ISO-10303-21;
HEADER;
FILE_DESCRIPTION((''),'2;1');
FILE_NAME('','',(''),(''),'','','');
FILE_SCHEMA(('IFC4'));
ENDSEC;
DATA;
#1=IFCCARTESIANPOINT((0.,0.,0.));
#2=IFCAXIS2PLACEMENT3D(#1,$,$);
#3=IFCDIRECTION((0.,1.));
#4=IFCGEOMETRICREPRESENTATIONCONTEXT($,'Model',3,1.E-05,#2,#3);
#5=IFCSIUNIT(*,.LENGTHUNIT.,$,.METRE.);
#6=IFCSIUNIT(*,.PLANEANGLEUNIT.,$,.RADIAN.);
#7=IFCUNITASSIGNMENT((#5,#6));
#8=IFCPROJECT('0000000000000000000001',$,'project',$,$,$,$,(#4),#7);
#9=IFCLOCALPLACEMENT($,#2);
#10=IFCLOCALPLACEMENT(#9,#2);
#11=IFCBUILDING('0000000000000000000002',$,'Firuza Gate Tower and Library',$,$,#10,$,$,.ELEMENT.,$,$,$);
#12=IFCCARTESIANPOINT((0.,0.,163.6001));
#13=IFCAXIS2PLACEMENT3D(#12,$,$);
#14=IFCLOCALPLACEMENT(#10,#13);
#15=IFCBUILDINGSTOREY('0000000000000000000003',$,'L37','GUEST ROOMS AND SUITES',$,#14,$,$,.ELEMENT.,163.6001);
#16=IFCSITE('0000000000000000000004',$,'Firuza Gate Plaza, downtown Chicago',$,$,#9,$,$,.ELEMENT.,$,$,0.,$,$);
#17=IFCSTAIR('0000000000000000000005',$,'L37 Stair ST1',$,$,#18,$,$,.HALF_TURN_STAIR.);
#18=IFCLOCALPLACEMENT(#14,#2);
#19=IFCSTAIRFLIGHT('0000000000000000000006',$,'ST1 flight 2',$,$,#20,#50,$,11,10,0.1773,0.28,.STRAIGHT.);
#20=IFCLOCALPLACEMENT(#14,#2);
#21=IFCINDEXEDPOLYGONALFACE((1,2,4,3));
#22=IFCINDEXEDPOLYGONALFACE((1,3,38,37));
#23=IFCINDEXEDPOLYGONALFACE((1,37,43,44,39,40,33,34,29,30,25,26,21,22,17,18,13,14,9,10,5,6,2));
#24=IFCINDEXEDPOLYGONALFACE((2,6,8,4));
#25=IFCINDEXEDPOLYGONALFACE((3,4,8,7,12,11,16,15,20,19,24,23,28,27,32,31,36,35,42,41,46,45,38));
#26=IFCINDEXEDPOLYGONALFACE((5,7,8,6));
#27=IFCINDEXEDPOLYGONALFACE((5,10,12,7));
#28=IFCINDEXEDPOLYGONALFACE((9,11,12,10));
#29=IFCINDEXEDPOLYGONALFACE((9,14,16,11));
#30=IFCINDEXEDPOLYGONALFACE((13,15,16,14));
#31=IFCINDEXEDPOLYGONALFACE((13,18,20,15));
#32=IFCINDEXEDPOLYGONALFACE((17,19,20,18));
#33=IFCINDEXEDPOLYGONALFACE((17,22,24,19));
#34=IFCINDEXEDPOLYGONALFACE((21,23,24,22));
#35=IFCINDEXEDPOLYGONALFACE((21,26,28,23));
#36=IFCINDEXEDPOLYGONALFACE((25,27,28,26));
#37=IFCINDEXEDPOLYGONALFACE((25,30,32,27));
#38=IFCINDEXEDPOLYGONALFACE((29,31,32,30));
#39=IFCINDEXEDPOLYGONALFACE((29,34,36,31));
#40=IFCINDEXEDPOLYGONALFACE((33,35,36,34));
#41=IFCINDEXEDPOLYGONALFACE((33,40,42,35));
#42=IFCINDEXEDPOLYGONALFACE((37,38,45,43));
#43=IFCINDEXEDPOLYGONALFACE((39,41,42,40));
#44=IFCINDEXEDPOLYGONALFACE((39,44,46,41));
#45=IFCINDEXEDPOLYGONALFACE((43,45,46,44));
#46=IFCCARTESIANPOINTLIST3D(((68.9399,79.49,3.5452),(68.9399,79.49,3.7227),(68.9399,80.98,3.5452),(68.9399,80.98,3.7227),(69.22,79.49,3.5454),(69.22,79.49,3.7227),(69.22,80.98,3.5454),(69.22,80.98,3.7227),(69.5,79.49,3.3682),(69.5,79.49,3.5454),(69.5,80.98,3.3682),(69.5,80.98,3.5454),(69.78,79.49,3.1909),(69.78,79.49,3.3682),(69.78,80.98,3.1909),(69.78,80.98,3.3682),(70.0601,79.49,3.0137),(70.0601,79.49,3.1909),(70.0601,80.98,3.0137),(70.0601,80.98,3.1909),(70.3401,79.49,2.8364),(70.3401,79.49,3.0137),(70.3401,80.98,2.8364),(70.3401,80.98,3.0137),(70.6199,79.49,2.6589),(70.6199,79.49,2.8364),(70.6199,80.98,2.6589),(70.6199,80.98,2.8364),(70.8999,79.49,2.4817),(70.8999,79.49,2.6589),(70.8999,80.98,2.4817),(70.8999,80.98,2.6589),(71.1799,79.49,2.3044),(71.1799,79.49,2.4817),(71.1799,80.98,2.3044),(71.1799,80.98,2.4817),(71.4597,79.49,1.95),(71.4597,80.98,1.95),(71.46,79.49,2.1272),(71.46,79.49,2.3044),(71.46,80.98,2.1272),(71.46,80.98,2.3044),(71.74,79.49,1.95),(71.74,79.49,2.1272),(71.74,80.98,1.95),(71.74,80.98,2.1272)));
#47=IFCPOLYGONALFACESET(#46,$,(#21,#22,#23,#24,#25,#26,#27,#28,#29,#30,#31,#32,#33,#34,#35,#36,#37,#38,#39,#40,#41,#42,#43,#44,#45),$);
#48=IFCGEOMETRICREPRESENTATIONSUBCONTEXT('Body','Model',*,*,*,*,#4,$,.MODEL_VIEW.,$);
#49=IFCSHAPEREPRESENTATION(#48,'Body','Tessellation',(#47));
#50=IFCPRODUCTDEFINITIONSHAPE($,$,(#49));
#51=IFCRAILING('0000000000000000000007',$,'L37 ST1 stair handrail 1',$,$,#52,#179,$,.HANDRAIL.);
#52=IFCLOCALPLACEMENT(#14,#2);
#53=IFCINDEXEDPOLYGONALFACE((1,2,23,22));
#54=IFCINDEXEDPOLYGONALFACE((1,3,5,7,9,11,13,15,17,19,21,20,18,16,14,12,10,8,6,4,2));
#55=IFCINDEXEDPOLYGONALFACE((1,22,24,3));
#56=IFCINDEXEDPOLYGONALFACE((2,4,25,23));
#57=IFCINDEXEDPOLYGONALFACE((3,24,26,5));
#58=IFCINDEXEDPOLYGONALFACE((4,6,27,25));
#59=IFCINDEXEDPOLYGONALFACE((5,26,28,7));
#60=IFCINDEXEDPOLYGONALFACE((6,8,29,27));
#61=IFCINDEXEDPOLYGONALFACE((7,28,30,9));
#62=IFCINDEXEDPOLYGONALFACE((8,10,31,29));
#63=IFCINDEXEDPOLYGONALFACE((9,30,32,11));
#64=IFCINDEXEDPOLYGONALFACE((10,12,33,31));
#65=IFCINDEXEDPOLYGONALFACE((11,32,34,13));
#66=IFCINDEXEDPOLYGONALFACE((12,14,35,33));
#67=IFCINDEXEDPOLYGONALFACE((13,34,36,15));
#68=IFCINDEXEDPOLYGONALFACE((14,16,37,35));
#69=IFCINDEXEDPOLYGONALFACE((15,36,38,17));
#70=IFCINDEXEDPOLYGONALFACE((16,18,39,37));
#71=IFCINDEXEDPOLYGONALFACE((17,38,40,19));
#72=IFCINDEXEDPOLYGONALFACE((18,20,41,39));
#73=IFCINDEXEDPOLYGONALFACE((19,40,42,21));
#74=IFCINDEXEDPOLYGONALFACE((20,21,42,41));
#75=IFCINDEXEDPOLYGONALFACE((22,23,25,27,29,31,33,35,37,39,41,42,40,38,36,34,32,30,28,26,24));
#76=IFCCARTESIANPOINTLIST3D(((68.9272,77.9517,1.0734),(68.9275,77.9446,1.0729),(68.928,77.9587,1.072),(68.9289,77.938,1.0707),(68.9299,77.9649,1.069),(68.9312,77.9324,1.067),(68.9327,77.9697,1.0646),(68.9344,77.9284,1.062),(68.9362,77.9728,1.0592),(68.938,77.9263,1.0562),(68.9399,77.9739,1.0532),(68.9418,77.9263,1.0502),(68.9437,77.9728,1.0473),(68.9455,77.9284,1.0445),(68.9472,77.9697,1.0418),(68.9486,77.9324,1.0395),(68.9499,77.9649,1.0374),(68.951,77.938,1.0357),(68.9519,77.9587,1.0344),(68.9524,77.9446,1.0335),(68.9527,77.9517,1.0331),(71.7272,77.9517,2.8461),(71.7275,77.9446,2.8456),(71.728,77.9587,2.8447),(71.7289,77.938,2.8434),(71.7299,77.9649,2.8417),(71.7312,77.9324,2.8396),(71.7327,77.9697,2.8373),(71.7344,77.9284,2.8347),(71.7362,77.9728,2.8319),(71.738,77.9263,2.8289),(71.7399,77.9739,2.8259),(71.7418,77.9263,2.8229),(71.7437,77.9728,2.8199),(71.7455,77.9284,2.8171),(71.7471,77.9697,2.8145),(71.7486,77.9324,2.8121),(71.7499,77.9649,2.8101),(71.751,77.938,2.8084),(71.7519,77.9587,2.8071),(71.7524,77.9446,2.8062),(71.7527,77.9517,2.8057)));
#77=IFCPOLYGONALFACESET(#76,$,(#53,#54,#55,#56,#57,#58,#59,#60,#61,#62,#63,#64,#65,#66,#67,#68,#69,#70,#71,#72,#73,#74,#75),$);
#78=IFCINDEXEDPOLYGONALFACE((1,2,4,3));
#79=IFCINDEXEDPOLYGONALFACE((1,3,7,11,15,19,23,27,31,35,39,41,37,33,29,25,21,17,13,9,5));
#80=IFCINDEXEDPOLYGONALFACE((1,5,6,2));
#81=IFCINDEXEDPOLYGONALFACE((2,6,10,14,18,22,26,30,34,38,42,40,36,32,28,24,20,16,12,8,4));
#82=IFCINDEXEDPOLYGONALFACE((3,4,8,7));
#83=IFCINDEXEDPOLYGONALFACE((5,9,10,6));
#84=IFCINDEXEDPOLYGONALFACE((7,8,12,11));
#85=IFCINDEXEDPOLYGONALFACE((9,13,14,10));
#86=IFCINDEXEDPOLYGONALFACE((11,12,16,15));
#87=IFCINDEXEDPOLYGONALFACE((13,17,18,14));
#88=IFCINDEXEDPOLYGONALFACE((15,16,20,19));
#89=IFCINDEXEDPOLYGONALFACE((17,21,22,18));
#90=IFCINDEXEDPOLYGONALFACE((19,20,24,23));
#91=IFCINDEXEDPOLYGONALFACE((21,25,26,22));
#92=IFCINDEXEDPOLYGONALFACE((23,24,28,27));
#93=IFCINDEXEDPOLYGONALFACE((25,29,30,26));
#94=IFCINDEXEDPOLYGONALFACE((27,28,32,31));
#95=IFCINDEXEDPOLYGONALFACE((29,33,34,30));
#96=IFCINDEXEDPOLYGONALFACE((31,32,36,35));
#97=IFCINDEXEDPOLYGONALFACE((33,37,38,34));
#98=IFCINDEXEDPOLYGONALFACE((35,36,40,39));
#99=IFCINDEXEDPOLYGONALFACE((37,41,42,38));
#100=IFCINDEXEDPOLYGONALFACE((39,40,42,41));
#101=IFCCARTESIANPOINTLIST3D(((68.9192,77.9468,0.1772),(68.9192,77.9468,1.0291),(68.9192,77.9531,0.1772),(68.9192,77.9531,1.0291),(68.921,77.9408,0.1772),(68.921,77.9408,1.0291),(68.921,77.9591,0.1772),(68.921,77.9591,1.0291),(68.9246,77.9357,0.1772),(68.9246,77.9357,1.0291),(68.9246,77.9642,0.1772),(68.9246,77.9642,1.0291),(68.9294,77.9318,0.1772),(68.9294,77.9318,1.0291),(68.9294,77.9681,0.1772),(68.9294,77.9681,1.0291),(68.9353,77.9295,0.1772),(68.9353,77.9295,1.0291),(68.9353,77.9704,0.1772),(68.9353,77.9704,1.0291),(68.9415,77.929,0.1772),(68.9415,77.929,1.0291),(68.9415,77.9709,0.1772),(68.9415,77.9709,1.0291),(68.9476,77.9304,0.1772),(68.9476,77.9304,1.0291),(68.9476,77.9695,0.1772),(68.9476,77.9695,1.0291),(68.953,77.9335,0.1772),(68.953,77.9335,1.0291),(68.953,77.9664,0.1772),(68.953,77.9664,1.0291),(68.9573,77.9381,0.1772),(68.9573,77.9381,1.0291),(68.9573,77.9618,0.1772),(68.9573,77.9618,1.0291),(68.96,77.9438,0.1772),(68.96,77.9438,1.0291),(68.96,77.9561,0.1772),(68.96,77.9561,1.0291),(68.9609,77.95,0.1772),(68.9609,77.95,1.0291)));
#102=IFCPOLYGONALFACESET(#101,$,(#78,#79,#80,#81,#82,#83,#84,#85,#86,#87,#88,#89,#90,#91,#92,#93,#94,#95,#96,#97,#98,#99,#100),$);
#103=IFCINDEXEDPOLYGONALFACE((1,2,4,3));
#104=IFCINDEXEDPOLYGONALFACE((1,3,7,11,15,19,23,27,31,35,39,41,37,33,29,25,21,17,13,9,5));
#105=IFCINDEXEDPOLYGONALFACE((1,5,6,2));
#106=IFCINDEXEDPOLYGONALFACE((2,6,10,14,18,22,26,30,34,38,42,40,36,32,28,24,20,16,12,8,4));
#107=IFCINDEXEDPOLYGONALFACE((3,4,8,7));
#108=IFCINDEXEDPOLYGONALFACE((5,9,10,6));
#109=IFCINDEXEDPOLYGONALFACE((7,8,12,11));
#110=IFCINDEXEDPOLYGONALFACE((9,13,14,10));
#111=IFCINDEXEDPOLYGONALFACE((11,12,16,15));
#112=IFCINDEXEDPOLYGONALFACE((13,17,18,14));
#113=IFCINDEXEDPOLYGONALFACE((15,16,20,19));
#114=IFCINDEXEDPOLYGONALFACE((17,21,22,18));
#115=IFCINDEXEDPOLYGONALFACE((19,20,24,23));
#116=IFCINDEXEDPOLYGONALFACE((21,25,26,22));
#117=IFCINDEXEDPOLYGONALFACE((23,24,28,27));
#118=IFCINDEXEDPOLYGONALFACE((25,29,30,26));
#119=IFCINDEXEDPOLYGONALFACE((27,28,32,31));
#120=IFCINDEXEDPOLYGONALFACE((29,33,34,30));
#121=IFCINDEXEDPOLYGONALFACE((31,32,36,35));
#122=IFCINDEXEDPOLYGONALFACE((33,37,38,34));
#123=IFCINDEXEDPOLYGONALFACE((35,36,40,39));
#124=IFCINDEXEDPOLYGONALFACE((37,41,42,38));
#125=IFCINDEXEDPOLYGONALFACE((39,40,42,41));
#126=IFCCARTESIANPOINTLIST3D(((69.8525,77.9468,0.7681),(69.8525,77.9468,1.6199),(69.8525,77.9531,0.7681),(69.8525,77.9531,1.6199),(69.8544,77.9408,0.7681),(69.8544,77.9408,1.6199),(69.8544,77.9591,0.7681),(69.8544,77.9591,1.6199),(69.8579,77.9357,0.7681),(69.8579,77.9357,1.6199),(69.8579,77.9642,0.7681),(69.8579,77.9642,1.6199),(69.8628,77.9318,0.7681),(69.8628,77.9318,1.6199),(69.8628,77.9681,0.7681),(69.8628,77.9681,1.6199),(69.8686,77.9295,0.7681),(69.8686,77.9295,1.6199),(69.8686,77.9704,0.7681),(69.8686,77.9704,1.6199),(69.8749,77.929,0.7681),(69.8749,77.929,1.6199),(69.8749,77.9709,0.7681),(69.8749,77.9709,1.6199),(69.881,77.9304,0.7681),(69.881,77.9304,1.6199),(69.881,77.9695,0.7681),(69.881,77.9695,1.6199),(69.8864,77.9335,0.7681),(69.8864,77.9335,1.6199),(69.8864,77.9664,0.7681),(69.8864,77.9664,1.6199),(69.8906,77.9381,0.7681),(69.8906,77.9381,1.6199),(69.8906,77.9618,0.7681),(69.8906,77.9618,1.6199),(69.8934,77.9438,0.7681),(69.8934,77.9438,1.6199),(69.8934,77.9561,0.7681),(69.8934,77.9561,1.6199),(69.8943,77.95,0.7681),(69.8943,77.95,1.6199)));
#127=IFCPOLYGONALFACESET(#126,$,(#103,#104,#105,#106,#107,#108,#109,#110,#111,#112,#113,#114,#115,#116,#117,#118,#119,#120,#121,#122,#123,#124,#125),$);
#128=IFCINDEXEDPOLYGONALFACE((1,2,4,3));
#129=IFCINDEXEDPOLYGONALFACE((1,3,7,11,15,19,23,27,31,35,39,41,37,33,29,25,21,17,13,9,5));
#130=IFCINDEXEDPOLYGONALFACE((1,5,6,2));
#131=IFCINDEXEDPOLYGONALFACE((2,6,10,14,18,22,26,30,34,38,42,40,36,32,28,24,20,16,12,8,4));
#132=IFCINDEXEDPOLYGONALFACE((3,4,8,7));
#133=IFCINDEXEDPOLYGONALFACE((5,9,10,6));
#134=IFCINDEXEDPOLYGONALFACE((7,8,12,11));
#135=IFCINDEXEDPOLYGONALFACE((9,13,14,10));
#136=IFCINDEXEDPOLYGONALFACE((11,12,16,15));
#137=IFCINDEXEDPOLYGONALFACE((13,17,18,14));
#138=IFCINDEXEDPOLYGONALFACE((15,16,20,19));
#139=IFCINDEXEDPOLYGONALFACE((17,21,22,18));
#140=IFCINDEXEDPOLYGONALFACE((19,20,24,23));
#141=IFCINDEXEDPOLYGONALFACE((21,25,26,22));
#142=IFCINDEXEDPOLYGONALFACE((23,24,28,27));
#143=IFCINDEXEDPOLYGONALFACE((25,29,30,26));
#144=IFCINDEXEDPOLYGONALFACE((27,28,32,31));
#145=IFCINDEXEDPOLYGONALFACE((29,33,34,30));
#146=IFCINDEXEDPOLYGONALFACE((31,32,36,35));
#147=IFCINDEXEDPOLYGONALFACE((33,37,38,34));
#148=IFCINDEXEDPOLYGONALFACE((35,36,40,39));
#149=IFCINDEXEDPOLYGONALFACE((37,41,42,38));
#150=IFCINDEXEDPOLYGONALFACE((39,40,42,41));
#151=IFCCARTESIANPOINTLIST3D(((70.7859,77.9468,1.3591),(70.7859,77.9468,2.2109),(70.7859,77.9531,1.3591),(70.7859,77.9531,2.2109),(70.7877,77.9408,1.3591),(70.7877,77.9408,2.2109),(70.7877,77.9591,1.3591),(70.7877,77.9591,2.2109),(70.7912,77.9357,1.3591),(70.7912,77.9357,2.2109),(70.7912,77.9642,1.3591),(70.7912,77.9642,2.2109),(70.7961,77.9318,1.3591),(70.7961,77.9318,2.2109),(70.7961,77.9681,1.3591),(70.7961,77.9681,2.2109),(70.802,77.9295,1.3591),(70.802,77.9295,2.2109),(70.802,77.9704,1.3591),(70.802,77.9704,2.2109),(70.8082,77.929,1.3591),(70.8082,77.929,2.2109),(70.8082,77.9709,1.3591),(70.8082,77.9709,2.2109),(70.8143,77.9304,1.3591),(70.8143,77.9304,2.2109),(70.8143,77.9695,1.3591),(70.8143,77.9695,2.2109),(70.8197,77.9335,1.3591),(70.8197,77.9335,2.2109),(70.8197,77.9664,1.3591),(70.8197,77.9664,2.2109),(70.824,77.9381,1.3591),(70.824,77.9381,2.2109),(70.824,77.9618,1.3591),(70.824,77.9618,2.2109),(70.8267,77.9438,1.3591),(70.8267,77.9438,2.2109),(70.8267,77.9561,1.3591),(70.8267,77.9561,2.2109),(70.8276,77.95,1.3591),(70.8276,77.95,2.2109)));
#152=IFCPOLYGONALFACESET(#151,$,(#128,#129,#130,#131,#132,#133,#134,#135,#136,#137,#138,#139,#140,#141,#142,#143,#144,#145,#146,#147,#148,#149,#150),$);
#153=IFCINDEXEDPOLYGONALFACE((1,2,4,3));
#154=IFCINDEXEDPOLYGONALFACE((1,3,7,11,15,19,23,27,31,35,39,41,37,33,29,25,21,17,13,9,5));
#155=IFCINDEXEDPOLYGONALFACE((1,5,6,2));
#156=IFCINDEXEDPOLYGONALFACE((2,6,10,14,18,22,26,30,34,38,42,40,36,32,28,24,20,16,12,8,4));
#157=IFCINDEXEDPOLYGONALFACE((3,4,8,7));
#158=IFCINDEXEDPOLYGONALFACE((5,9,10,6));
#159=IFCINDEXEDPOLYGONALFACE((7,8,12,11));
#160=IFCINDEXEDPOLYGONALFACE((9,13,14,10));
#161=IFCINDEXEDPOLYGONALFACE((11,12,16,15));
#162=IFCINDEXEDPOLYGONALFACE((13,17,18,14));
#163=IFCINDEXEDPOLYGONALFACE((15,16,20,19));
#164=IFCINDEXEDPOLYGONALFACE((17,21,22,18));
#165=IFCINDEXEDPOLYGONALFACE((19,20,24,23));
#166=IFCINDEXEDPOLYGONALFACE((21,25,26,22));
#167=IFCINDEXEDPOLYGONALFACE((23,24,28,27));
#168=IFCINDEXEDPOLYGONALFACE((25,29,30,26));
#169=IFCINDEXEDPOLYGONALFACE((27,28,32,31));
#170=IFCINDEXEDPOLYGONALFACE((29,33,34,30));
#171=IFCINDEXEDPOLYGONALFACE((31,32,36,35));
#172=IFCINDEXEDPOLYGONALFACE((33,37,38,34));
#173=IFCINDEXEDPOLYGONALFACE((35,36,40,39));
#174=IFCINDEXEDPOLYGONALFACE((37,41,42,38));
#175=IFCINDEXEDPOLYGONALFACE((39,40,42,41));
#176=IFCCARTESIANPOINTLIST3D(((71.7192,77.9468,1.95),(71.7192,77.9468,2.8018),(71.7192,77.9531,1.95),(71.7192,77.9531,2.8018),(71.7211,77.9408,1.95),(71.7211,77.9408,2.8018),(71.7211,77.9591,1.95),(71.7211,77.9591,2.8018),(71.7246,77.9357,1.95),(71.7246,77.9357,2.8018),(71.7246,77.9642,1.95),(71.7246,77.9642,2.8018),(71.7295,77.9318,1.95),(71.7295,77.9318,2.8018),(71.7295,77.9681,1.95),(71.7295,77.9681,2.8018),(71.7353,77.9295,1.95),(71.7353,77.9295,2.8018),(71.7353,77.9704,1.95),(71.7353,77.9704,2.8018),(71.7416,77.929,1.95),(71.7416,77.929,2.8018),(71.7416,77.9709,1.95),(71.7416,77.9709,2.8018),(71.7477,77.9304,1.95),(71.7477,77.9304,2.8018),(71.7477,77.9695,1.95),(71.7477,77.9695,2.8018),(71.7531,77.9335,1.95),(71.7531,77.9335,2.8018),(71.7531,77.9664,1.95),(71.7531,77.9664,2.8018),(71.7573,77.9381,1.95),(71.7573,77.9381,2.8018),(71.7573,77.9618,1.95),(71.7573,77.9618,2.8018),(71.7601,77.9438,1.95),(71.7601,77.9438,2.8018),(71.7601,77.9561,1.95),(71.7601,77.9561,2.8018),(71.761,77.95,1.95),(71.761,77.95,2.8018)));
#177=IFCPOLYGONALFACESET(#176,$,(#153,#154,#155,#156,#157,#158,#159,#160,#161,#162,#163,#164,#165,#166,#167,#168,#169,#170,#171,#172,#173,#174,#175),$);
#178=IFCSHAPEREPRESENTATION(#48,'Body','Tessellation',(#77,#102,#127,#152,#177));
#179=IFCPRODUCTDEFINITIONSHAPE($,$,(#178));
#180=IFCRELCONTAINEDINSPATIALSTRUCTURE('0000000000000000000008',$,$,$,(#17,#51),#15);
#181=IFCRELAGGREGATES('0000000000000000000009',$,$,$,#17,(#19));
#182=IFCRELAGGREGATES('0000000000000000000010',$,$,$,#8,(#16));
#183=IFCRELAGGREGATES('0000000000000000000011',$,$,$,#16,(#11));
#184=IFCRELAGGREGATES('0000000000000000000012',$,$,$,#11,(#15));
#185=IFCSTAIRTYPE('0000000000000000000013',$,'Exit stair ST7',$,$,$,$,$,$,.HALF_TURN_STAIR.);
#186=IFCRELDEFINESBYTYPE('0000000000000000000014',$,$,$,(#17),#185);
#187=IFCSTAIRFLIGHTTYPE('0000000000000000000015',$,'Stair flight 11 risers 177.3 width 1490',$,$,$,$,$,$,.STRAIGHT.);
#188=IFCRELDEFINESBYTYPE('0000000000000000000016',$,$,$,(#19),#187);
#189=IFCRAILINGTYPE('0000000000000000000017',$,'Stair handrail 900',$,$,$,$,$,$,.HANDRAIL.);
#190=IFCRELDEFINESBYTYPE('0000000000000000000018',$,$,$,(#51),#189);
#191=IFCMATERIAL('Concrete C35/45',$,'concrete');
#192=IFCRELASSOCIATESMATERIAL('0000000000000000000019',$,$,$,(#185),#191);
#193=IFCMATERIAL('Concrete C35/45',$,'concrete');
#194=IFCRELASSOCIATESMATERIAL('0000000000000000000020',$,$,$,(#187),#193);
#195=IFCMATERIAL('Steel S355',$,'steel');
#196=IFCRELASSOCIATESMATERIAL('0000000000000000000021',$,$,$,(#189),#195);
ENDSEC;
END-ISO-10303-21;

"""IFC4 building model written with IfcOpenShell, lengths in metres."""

from ifc_helpers import new_model, si_unit, direction, frame, origin, origin_2d, place, context, subcontext, project, spatial, polyline, circle, outline, extrude, material, type_object, element, aggregate, save


model = new_model("IFC4")

# Units and contexts
model_context = context("Model", 3, precision=1e-05, world=origin(), true_north=direction((0.0, 1.0)))
body_context = subcontext(model_context, "Body", "Model", "MODEL_VIEW")
ifc_project = project(units=[si_unit("LENGTHUNIT", "METRE"), si_unit("PLANEANGLEUNIT", "RADIAN")], contexts=[model_context])

# Site, building, storey
site_placement = place(None, origin())
site = spatial("IfcSite", under=ifc_project, at=site_placement, Name="Firuza Gate Plaza, downtown Chicago", CompositionType="ELEMENT", RefElevation=0.0)
building_placement = place(site_placement, origin())
building = spatial("IfcBuilding", under=site, at=building_placement, Name="Firuza Gate Tower and Library", CompositionType="ELEMENT")
storey_placement = place(building_placement, frame((0.0, 0.0, 163.6001)))
storey = spatial("IfcBuildingStorey", under=building, at=storey_placement, Name="L37", Description="GUEST ROOMS AND SUITES", CompositionType="ELEMENT", Elevation=163.6001)

# Stair, stair flight
ifc_material_1 = material(Name="Concrete C35/45", Category="concrete")
stair_type = type_object("IfcStairType", Name="Exit stair ST7", PredefinedType="HALF_TURN_STAIR", material=ifc_material_1)
stair_placement = place(storey_placement, origin())
stair = element("IfcStair", 1, at=stair_placement, inside=storey, type_object=stair_type, Name="L37 Stair ST1", PredefinedType="HALF_TURN_STAIR")
ifc_material_2 = material(Name="Concrete C35/45", Category="concrete")
stair_flight_type = type_object("IfcStairFlightType", Name="Stair flight 11 risers 177.3 width 1490", PredefinedType="STRAIGHT", material=ifc_material_2)
stair_flight_1_placement = place(storey_placement, frame((71.74, 80.2351, 1.95), z_axis=(0.0, 0.0, 1.0), x_axis=(-1.0, 0.0, 0.0)))
stair_flight_1 = element("IfcStairFlight", 2, at=stair_flight_1_placement, type_object=stair_flight_type, Name="ST1 flight 2", NumberOfRisers=11, NumberOfTreads=10, PredefinedType="STRAIGHT", RiserHeight=0.1773, TreadLength=0.28, context=body_context, shape_type="SweptSolid", body=[
    extrude(outline(polyline([(0.0, 0.0), (0.0, 0.1772), (0.28, 0.1772), (0.28, 0.3545), (0.5601, 0.3545), (0.5601, 0.5317), (0.8401, 0.5317), (0.8401, 0.709), (1.1201, 0.709), (1.1201, 0.8865), (1.3999, 0.8865), (1.3999, 1.0637), (1.6799, 1.0637), (1.6799, 1.241), (1.96, 1.241), (1.96, 1.4182), (2.24, 1.4182), (2.24, 1.5955), (2.52, 1.5955), (2.52, 1.7727), (2.8, 1.7727), (2.8, 1.95), (2.8, 1.5952), (0.2803, 0.0), (0.0, 0.0)])), frame((0.0, 0.7451, 0.0), z_axis=(0.0, -1.0, 0.0), x_axis=(1.0, 0.0, 0.0)), (0.0, 0.0, 1.0), 1.49),
])
aggregate(stair, [stair_flight_1])

# Railing
ifc_material_3 = material(Name="Steel S355", Category="steel")
railing_type_1 = type_object("IfcRailingType", Name="Stair handrail 900", PredefinedType="HANDRAIL", material=ifc_material_3)
railing_1_placement = place(storey_placement, frame((68.9399, 77.95, 0.1772)))
element("IfcRailing", 3, at=railing_1_placement, inside=storey, type_object=railing_type_1, Name="L37 ST1 stair handrail 1", PredefinedType="HANDRAIL", context=body_context, shape_type="SweptSolid", body=[
    extrude(circle(Radius=0.0239, at=origin_2d()), frame((0.0, 0.0, 0.876), z_axis=(0.844909, 0.0, 0.53491), x_axis=(0.0, 1.0, 0.0)), (0.0, 0.0, 1.0), 3.314),
    extrude(circle(Radius=0.021, at=origin_2d()), origin(), (0.0, 0.0, 1.0), 0.8518),
    extrude(circle(Radius=0.021, at=origin_2d()), frame((0.9333, 0.0, 0.5908)), (0.0, 0.0, 1.0), 0.8518),
    extrude(circle(Radius=0.021, at=origin_2d()), frame((1.8667, 0.0, 1.1819)), (0.0, 0.0, 1.0), 0.8518),
    extrude(circle(Radius=0.021, at=origin_2d()), frame((2.8, 0.0, 1.7727)), (0.0, 0.0, 1.0), 0.8518),
])

save(model, "model.ifc")
